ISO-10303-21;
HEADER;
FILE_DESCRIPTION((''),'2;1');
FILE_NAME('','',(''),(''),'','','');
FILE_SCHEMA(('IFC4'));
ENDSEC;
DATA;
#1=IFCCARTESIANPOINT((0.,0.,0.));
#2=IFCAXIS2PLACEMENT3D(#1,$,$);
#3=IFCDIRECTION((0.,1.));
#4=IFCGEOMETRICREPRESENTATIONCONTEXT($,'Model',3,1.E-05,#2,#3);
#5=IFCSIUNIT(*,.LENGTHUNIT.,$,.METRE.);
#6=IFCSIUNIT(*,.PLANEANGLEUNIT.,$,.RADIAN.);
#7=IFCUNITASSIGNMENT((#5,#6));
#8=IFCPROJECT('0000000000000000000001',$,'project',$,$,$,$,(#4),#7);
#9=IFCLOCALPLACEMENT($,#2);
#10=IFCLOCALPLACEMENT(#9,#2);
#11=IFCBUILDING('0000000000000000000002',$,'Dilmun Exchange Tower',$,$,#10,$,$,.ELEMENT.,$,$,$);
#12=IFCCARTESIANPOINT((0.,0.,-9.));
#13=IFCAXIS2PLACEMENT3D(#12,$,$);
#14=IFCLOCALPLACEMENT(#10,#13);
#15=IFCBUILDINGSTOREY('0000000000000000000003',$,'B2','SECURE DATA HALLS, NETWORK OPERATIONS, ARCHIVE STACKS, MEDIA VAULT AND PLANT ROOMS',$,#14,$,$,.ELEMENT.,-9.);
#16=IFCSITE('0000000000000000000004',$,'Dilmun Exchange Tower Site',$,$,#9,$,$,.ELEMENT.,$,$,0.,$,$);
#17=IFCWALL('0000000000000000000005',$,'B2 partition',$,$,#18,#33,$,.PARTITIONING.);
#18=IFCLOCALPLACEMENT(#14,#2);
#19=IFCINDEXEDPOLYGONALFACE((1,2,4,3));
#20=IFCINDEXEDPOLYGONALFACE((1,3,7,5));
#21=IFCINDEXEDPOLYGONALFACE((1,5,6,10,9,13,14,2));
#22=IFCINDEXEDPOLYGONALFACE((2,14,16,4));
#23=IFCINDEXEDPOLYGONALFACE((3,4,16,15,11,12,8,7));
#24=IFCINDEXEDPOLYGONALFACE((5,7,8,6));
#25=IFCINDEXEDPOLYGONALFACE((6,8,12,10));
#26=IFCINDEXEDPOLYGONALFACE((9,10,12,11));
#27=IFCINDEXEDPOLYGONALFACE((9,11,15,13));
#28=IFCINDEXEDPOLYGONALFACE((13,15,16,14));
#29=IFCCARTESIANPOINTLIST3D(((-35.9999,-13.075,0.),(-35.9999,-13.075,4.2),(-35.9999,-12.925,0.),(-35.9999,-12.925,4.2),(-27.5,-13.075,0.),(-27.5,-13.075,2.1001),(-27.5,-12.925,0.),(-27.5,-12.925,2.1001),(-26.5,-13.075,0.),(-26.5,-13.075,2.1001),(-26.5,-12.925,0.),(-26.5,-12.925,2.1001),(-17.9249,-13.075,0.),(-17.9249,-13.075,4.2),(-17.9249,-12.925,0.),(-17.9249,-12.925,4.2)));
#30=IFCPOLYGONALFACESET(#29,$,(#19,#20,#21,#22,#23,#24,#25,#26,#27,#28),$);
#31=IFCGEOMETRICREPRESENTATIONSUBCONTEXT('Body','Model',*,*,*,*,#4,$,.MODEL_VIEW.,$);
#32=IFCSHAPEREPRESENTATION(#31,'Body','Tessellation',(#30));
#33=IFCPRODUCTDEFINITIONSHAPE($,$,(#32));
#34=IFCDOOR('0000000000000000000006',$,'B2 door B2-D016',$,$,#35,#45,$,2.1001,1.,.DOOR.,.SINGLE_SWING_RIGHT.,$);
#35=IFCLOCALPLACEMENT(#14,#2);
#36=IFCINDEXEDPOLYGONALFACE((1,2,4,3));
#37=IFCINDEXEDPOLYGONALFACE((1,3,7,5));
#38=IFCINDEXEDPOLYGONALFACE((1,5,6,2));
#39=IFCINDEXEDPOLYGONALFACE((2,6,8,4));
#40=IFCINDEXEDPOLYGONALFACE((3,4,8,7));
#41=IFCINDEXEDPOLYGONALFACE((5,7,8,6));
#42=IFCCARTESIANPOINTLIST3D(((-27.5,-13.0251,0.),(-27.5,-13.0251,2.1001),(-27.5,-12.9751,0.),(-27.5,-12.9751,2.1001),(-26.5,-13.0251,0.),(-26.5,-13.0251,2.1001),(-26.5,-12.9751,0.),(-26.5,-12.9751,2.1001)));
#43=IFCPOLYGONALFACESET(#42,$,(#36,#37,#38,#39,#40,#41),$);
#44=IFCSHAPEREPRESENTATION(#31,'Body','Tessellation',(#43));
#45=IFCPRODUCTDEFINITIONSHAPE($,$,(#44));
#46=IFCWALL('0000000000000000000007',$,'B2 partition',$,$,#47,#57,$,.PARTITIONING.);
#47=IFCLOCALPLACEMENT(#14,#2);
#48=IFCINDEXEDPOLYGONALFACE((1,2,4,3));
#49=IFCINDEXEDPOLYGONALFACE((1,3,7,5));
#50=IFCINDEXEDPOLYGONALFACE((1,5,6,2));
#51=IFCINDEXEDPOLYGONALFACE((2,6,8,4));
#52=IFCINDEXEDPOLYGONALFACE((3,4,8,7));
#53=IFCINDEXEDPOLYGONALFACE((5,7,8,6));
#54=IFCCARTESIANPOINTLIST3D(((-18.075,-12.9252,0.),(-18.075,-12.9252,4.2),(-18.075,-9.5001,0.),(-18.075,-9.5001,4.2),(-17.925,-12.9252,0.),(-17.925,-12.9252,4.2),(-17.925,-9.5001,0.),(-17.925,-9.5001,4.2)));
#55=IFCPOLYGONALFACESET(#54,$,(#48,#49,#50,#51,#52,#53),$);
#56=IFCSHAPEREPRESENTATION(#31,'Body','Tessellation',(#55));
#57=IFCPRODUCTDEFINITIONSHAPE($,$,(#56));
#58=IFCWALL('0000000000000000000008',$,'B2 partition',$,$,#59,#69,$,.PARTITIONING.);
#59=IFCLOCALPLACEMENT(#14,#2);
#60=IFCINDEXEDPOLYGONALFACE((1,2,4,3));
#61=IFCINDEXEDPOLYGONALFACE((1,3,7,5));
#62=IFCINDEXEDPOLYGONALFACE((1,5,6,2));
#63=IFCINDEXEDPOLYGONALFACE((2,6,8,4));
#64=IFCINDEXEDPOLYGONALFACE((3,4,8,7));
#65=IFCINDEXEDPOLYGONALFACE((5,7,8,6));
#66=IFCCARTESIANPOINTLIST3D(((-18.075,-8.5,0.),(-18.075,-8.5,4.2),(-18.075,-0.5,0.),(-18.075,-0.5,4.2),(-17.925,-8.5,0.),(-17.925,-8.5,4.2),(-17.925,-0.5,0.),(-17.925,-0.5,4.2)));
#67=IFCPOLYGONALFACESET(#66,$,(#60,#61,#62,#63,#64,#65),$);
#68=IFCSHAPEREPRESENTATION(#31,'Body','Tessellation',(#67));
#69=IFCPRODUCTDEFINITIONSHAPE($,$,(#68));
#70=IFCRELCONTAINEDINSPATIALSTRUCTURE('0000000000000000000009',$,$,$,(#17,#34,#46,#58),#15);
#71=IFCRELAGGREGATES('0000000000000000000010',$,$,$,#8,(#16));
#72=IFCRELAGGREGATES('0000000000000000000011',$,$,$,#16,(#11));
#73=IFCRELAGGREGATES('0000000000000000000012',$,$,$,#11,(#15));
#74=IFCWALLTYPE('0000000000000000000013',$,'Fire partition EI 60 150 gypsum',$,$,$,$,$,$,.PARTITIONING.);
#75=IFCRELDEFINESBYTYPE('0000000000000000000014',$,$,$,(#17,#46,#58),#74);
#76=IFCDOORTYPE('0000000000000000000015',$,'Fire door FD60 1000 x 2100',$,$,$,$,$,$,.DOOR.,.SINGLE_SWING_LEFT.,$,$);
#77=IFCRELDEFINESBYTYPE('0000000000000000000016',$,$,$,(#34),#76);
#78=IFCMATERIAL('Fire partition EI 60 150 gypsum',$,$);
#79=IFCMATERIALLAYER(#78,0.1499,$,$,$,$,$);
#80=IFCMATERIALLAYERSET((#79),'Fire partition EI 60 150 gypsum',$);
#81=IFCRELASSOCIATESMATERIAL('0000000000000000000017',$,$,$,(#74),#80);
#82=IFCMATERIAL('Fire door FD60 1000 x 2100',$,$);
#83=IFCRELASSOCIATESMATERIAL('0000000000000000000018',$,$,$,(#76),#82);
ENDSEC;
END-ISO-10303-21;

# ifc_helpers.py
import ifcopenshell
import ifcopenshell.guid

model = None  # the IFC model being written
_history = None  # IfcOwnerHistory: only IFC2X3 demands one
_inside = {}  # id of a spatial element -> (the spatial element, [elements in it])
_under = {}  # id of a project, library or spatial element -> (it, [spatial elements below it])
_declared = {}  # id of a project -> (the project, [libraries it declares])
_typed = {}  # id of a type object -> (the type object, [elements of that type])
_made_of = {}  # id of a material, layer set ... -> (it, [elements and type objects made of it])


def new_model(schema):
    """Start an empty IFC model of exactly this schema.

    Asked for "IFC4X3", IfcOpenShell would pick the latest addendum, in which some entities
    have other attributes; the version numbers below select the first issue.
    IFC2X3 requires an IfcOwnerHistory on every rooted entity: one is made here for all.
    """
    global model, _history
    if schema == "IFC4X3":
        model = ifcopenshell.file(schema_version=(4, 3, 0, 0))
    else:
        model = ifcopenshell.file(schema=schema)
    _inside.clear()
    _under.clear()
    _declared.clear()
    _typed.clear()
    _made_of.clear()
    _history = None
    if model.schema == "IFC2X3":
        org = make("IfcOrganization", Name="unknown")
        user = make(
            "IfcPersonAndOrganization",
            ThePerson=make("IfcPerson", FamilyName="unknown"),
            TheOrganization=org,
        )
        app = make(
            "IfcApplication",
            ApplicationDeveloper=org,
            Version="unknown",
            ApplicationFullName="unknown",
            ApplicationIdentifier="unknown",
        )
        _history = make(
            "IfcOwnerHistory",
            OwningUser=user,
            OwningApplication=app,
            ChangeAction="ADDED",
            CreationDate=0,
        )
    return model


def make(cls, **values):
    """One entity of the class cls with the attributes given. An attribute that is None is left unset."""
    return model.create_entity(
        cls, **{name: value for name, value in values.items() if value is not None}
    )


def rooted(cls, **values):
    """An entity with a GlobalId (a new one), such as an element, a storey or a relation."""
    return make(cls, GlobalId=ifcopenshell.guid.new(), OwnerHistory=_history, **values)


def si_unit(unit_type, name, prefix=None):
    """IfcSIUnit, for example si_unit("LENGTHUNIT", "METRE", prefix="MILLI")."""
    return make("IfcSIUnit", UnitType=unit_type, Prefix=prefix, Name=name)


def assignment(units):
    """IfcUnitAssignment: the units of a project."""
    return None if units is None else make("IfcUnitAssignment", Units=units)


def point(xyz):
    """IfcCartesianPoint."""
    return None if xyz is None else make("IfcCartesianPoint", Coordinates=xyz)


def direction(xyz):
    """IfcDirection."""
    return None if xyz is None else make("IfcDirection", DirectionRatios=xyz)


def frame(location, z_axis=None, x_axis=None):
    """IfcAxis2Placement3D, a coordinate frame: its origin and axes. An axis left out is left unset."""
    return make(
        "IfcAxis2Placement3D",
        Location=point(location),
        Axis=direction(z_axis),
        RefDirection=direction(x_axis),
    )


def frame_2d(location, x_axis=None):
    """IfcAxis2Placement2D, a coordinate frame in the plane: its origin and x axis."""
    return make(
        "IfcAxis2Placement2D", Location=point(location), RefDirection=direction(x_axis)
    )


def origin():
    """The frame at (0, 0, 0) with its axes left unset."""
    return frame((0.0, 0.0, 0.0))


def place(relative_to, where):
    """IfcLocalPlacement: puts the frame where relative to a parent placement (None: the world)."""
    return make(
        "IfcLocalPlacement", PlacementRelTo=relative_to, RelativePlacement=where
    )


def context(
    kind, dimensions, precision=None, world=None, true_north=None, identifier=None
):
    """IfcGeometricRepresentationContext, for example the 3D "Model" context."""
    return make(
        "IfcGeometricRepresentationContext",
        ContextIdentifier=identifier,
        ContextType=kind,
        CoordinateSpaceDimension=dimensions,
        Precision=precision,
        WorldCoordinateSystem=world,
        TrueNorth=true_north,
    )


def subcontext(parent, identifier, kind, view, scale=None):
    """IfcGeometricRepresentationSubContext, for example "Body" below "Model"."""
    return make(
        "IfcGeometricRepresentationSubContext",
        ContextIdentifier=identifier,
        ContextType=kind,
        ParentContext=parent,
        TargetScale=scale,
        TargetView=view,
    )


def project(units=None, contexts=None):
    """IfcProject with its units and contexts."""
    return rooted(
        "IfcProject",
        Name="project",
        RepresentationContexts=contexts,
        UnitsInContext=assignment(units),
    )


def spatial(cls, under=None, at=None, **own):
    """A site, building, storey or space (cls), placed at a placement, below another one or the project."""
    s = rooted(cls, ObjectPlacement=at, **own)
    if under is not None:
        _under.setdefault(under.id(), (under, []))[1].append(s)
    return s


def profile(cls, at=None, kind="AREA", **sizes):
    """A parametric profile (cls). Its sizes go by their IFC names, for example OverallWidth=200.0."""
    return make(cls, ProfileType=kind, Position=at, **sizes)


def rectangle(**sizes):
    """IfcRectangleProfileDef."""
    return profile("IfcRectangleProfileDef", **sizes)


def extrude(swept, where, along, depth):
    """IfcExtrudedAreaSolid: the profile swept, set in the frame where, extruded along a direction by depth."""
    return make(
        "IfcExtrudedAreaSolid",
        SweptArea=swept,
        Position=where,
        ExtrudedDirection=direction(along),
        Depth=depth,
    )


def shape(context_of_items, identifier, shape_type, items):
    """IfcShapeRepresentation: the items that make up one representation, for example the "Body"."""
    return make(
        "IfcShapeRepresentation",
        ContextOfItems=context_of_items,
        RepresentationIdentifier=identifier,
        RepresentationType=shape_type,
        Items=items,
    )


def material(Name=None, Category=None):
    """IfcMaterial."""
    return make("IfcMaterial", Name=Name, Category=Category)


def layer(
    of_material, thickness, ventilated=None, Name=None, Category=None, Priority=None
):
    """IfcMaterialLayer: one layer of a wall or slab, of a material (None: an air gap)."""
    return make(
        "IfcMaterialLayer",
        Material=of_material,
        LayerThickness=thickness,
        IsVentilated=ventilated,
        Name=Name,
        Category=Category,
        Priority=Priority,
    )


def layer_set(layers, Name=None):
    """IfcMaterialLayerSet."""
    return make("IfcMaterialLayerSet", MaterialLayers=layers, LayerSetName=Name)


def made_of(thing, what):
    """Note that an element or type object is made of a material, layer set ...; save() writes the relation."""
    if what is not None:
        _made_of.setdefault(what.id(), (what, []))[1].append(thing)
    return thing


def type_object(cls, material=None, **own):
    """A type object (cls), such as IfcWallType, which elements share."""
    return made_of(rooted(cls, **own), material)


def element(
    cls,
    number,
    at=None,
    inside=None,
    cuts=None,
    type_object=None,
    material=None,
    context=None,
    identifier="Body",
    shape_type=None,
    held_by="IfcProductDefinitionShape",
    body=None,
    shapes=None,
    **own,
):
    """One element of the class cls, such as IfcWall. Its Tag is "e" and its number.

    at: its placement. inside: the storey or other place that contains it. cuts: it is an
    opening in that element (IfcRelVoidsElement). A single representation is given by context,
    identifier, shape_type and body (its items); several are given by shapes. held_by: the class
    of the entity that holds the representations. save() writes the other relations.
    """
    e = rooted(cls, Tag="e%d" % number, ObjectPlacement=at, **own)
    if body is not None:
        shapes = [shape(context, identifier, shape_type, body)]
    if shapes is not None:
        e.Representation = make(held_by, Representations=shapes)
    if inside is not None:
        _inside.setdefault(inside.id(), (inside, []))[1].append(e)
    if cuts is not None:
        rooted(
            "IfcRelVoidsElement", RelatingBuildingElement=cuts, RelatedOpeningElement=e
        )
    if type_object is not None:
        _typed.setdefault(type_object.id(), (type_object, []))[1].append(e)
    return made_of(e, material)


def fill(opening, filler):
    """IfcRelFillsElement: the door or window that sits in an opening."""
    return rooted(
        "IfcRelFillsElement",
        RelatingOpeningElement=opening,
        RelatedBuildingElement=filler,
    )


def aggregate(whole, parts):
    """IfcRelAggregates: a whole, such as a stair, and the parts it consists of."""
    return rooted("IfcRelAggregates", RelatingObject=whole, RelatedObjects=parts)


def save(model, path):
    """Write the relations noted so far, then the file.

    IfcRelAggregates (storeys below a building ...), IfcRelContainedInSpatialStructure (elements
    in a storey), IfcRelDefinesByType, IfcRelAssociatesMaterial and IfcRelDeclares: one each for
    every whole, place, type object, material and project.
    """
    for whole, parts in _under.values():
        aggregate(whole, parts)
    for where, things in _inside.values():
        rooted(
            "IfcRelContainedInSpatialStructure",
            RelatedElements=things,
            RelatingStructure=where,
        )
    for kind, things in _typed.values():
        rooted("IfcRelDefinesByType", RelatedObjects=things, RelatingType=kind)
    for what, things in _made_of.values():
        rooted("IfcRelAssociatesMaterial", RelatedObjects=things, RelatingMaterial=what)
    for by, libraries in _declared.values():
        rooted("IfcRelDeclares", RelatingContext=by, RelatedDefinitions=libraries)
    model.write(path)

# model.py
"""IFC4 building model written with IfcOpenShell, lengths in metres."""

from ifc_helpers import new_model, si_unit, direction, frame, frame_2d, origin, place, context, subcontext, project, spatial, rectangle, extrude, material, layer, layer_set, type_object, element, fill, save


model = new_model("IFC4")

# Units and contexts
model_context = context("Model", 3, precision=1e-05, world=origin(), true_north=direction((0.0, 1.0)))
body_context = subcontext(model_context, "Body", "Model", "MODEL_VIEW")
ifc_project = project(units=[si_unit("LENGTHUNIT", "METRE"), si_unit("PLANEANGLEUNIT", "RADIAN")], contexts=[model_context])

# Site, building, storey
site_placement = place(None, origin())
site = spatial("IfcSite", under=ifc_project, at=site_placement, Name="Dilmun Exchange Tower Site", CompositionType="ELEMENT", RefElevation=0.0)
building_placement = place(site_placement, origin())
building = spatial("IfcBuilding", under=site, at=building_placement, Name="Dilmun Exchange Tower", CompositionType="ELEMENT")
storey_placement = place(building_placement, frame((0.0, 0.0, -9.0)))
storey = spatial("IfcBuildingStorey", under=building, at=storey_placement, Name="B2", Description="SECURE DATA HALLS, NETWORK OPERATIONS, ARCHIVE STACKS, MEDIA VAULT AND PLANT ROOMS", CompositionType="ELEMENT", Elevation=-9.0)

# Shared definitions
ifc_material_1 = material(Name="Fire partition EI 60 150 gypsum")
ifc_layer = layer(ifc_material_1, 0.1499)
ifc_layer_set = layer_set([ifc_layer], Name="Fire partition EI 60 150 gypsum")
wall_type = type_object("IfcWallType", Name="Fire partition EI 60 150 gypsum", PredefinedType="PARTITIONING", material=ifc_layer_set)

# Wall, opening, door
wall_1_placement = place(storey_placement, frame((-36.0, -13.0, 0.0), z_axis=(0.0, 0.0, 1.0), x_axis=(1.0, 0.0, 0.0)))
wall_1 = element("IfcWall", 1, at=wall_1_placement, inside=storey, type_object=wall_type, Name="B2 partition", PredefinedType="PARTITIONING", context=body_context, shape_type="SweptSolid", body=[
    extrude(rectangle(XDim=18.075, YDim=0.1499, at=frame_2d((9.0376, 0.0))), origin(), (0.0, 0.0, 1.0), 4.2),
])
opening_placement = place(wall_1_placement, frame((8.5, 0.0, 0.0)))
opening = element("IfcOpeningElement", 2, at=opening_placement, cuts=wall_1, PredefinedType="OPENING", context=body_context, shape_type="SweptSolid", body=[
    extrude(rectangle(XDim=1.0, YDim=2.1001, at=frame_2d((0.5, 1.05))), frame((0.0, 0.085, 0.0), z_axis=(0.0, -1.0, 0.0), x_axis=(1.0, 0.0, 0.0)), (0.0, 0.0, 1.0), 0.1699),
])
ifc_material_2 = material(Name="Fire door FD60 1000 x 2100")
door_type = type_object("IfcDoorType", Name="Fire door FD60 1000 x 2100", OperationType="SINGLE_SWING_LEFT", PredefinedType="DOOR", material=ifc_material_2)
door_placement = place(opening_placement, origin())
door = element("IfcDoor", 3, at=door_placement, inside=storey, type_object=door_type, Name="B2 door B2-D016", OperationType="SINGLE_SWING_RIGHT", OverallHeight=2.1001, OverallWidth=1.0, PredefinedType="DOOR", context=body_context, shape_type="SweptSolid", body=[
    extrude(rectangle(XDim=1.0, YDim=2.1001, at=frame_2d((0.5, 1.05))), frame((0.0, 0.0249, 0.0), z_axis=(0.0, -1.0, 0.0), x_axis=(1.0, 0.0, 0.0)), (0.0, 0.0, 1.0), 0.05),
])
fill(opening, door)

# Walls
wall_2_placement = place(storey_placement, frame((-18.0, -12.925, 0.0), z_axis=(0.0, 0.0, 1.0), x_axis=(0.0, 1.0, 0.0)))
element("IfcWall", 4, at=wall_2_placement, inside=storey, type_object=wall_type, Name="B2 partition", PredefinedType="PARTITIONING", context=body_context, shape_type="SweptSolid", body=[
    extrude(rectangle(XDim=3.425, YDim=0.1499, at=frame_2d((1.7124, 0.0))), origin(), (0.0, 0.0, 1.0), 4.2),
])
wall_3_placement = place(storey_placement, frame((-18.0, -8.5, 0.0), z_axis=(0.0, 0.0, 1.0), x_axis=(0.0, 1.0, 0.0)))
element("IfcWall", 5, at=wall_3_placement, inside=storey, type_object=wall_type, Name="B2 partition", PredefinedType="PARTITIONING", context=body_context, shape_type="SweptSolid", body=[
    extrude(rectangle(XDim=8.0, YDim=0.1499, at=frame_2d((4.0, 0.0))), origin(), (0.0, 0.0, 1.0), 4.2),
])

save(model, "model.ifc")
